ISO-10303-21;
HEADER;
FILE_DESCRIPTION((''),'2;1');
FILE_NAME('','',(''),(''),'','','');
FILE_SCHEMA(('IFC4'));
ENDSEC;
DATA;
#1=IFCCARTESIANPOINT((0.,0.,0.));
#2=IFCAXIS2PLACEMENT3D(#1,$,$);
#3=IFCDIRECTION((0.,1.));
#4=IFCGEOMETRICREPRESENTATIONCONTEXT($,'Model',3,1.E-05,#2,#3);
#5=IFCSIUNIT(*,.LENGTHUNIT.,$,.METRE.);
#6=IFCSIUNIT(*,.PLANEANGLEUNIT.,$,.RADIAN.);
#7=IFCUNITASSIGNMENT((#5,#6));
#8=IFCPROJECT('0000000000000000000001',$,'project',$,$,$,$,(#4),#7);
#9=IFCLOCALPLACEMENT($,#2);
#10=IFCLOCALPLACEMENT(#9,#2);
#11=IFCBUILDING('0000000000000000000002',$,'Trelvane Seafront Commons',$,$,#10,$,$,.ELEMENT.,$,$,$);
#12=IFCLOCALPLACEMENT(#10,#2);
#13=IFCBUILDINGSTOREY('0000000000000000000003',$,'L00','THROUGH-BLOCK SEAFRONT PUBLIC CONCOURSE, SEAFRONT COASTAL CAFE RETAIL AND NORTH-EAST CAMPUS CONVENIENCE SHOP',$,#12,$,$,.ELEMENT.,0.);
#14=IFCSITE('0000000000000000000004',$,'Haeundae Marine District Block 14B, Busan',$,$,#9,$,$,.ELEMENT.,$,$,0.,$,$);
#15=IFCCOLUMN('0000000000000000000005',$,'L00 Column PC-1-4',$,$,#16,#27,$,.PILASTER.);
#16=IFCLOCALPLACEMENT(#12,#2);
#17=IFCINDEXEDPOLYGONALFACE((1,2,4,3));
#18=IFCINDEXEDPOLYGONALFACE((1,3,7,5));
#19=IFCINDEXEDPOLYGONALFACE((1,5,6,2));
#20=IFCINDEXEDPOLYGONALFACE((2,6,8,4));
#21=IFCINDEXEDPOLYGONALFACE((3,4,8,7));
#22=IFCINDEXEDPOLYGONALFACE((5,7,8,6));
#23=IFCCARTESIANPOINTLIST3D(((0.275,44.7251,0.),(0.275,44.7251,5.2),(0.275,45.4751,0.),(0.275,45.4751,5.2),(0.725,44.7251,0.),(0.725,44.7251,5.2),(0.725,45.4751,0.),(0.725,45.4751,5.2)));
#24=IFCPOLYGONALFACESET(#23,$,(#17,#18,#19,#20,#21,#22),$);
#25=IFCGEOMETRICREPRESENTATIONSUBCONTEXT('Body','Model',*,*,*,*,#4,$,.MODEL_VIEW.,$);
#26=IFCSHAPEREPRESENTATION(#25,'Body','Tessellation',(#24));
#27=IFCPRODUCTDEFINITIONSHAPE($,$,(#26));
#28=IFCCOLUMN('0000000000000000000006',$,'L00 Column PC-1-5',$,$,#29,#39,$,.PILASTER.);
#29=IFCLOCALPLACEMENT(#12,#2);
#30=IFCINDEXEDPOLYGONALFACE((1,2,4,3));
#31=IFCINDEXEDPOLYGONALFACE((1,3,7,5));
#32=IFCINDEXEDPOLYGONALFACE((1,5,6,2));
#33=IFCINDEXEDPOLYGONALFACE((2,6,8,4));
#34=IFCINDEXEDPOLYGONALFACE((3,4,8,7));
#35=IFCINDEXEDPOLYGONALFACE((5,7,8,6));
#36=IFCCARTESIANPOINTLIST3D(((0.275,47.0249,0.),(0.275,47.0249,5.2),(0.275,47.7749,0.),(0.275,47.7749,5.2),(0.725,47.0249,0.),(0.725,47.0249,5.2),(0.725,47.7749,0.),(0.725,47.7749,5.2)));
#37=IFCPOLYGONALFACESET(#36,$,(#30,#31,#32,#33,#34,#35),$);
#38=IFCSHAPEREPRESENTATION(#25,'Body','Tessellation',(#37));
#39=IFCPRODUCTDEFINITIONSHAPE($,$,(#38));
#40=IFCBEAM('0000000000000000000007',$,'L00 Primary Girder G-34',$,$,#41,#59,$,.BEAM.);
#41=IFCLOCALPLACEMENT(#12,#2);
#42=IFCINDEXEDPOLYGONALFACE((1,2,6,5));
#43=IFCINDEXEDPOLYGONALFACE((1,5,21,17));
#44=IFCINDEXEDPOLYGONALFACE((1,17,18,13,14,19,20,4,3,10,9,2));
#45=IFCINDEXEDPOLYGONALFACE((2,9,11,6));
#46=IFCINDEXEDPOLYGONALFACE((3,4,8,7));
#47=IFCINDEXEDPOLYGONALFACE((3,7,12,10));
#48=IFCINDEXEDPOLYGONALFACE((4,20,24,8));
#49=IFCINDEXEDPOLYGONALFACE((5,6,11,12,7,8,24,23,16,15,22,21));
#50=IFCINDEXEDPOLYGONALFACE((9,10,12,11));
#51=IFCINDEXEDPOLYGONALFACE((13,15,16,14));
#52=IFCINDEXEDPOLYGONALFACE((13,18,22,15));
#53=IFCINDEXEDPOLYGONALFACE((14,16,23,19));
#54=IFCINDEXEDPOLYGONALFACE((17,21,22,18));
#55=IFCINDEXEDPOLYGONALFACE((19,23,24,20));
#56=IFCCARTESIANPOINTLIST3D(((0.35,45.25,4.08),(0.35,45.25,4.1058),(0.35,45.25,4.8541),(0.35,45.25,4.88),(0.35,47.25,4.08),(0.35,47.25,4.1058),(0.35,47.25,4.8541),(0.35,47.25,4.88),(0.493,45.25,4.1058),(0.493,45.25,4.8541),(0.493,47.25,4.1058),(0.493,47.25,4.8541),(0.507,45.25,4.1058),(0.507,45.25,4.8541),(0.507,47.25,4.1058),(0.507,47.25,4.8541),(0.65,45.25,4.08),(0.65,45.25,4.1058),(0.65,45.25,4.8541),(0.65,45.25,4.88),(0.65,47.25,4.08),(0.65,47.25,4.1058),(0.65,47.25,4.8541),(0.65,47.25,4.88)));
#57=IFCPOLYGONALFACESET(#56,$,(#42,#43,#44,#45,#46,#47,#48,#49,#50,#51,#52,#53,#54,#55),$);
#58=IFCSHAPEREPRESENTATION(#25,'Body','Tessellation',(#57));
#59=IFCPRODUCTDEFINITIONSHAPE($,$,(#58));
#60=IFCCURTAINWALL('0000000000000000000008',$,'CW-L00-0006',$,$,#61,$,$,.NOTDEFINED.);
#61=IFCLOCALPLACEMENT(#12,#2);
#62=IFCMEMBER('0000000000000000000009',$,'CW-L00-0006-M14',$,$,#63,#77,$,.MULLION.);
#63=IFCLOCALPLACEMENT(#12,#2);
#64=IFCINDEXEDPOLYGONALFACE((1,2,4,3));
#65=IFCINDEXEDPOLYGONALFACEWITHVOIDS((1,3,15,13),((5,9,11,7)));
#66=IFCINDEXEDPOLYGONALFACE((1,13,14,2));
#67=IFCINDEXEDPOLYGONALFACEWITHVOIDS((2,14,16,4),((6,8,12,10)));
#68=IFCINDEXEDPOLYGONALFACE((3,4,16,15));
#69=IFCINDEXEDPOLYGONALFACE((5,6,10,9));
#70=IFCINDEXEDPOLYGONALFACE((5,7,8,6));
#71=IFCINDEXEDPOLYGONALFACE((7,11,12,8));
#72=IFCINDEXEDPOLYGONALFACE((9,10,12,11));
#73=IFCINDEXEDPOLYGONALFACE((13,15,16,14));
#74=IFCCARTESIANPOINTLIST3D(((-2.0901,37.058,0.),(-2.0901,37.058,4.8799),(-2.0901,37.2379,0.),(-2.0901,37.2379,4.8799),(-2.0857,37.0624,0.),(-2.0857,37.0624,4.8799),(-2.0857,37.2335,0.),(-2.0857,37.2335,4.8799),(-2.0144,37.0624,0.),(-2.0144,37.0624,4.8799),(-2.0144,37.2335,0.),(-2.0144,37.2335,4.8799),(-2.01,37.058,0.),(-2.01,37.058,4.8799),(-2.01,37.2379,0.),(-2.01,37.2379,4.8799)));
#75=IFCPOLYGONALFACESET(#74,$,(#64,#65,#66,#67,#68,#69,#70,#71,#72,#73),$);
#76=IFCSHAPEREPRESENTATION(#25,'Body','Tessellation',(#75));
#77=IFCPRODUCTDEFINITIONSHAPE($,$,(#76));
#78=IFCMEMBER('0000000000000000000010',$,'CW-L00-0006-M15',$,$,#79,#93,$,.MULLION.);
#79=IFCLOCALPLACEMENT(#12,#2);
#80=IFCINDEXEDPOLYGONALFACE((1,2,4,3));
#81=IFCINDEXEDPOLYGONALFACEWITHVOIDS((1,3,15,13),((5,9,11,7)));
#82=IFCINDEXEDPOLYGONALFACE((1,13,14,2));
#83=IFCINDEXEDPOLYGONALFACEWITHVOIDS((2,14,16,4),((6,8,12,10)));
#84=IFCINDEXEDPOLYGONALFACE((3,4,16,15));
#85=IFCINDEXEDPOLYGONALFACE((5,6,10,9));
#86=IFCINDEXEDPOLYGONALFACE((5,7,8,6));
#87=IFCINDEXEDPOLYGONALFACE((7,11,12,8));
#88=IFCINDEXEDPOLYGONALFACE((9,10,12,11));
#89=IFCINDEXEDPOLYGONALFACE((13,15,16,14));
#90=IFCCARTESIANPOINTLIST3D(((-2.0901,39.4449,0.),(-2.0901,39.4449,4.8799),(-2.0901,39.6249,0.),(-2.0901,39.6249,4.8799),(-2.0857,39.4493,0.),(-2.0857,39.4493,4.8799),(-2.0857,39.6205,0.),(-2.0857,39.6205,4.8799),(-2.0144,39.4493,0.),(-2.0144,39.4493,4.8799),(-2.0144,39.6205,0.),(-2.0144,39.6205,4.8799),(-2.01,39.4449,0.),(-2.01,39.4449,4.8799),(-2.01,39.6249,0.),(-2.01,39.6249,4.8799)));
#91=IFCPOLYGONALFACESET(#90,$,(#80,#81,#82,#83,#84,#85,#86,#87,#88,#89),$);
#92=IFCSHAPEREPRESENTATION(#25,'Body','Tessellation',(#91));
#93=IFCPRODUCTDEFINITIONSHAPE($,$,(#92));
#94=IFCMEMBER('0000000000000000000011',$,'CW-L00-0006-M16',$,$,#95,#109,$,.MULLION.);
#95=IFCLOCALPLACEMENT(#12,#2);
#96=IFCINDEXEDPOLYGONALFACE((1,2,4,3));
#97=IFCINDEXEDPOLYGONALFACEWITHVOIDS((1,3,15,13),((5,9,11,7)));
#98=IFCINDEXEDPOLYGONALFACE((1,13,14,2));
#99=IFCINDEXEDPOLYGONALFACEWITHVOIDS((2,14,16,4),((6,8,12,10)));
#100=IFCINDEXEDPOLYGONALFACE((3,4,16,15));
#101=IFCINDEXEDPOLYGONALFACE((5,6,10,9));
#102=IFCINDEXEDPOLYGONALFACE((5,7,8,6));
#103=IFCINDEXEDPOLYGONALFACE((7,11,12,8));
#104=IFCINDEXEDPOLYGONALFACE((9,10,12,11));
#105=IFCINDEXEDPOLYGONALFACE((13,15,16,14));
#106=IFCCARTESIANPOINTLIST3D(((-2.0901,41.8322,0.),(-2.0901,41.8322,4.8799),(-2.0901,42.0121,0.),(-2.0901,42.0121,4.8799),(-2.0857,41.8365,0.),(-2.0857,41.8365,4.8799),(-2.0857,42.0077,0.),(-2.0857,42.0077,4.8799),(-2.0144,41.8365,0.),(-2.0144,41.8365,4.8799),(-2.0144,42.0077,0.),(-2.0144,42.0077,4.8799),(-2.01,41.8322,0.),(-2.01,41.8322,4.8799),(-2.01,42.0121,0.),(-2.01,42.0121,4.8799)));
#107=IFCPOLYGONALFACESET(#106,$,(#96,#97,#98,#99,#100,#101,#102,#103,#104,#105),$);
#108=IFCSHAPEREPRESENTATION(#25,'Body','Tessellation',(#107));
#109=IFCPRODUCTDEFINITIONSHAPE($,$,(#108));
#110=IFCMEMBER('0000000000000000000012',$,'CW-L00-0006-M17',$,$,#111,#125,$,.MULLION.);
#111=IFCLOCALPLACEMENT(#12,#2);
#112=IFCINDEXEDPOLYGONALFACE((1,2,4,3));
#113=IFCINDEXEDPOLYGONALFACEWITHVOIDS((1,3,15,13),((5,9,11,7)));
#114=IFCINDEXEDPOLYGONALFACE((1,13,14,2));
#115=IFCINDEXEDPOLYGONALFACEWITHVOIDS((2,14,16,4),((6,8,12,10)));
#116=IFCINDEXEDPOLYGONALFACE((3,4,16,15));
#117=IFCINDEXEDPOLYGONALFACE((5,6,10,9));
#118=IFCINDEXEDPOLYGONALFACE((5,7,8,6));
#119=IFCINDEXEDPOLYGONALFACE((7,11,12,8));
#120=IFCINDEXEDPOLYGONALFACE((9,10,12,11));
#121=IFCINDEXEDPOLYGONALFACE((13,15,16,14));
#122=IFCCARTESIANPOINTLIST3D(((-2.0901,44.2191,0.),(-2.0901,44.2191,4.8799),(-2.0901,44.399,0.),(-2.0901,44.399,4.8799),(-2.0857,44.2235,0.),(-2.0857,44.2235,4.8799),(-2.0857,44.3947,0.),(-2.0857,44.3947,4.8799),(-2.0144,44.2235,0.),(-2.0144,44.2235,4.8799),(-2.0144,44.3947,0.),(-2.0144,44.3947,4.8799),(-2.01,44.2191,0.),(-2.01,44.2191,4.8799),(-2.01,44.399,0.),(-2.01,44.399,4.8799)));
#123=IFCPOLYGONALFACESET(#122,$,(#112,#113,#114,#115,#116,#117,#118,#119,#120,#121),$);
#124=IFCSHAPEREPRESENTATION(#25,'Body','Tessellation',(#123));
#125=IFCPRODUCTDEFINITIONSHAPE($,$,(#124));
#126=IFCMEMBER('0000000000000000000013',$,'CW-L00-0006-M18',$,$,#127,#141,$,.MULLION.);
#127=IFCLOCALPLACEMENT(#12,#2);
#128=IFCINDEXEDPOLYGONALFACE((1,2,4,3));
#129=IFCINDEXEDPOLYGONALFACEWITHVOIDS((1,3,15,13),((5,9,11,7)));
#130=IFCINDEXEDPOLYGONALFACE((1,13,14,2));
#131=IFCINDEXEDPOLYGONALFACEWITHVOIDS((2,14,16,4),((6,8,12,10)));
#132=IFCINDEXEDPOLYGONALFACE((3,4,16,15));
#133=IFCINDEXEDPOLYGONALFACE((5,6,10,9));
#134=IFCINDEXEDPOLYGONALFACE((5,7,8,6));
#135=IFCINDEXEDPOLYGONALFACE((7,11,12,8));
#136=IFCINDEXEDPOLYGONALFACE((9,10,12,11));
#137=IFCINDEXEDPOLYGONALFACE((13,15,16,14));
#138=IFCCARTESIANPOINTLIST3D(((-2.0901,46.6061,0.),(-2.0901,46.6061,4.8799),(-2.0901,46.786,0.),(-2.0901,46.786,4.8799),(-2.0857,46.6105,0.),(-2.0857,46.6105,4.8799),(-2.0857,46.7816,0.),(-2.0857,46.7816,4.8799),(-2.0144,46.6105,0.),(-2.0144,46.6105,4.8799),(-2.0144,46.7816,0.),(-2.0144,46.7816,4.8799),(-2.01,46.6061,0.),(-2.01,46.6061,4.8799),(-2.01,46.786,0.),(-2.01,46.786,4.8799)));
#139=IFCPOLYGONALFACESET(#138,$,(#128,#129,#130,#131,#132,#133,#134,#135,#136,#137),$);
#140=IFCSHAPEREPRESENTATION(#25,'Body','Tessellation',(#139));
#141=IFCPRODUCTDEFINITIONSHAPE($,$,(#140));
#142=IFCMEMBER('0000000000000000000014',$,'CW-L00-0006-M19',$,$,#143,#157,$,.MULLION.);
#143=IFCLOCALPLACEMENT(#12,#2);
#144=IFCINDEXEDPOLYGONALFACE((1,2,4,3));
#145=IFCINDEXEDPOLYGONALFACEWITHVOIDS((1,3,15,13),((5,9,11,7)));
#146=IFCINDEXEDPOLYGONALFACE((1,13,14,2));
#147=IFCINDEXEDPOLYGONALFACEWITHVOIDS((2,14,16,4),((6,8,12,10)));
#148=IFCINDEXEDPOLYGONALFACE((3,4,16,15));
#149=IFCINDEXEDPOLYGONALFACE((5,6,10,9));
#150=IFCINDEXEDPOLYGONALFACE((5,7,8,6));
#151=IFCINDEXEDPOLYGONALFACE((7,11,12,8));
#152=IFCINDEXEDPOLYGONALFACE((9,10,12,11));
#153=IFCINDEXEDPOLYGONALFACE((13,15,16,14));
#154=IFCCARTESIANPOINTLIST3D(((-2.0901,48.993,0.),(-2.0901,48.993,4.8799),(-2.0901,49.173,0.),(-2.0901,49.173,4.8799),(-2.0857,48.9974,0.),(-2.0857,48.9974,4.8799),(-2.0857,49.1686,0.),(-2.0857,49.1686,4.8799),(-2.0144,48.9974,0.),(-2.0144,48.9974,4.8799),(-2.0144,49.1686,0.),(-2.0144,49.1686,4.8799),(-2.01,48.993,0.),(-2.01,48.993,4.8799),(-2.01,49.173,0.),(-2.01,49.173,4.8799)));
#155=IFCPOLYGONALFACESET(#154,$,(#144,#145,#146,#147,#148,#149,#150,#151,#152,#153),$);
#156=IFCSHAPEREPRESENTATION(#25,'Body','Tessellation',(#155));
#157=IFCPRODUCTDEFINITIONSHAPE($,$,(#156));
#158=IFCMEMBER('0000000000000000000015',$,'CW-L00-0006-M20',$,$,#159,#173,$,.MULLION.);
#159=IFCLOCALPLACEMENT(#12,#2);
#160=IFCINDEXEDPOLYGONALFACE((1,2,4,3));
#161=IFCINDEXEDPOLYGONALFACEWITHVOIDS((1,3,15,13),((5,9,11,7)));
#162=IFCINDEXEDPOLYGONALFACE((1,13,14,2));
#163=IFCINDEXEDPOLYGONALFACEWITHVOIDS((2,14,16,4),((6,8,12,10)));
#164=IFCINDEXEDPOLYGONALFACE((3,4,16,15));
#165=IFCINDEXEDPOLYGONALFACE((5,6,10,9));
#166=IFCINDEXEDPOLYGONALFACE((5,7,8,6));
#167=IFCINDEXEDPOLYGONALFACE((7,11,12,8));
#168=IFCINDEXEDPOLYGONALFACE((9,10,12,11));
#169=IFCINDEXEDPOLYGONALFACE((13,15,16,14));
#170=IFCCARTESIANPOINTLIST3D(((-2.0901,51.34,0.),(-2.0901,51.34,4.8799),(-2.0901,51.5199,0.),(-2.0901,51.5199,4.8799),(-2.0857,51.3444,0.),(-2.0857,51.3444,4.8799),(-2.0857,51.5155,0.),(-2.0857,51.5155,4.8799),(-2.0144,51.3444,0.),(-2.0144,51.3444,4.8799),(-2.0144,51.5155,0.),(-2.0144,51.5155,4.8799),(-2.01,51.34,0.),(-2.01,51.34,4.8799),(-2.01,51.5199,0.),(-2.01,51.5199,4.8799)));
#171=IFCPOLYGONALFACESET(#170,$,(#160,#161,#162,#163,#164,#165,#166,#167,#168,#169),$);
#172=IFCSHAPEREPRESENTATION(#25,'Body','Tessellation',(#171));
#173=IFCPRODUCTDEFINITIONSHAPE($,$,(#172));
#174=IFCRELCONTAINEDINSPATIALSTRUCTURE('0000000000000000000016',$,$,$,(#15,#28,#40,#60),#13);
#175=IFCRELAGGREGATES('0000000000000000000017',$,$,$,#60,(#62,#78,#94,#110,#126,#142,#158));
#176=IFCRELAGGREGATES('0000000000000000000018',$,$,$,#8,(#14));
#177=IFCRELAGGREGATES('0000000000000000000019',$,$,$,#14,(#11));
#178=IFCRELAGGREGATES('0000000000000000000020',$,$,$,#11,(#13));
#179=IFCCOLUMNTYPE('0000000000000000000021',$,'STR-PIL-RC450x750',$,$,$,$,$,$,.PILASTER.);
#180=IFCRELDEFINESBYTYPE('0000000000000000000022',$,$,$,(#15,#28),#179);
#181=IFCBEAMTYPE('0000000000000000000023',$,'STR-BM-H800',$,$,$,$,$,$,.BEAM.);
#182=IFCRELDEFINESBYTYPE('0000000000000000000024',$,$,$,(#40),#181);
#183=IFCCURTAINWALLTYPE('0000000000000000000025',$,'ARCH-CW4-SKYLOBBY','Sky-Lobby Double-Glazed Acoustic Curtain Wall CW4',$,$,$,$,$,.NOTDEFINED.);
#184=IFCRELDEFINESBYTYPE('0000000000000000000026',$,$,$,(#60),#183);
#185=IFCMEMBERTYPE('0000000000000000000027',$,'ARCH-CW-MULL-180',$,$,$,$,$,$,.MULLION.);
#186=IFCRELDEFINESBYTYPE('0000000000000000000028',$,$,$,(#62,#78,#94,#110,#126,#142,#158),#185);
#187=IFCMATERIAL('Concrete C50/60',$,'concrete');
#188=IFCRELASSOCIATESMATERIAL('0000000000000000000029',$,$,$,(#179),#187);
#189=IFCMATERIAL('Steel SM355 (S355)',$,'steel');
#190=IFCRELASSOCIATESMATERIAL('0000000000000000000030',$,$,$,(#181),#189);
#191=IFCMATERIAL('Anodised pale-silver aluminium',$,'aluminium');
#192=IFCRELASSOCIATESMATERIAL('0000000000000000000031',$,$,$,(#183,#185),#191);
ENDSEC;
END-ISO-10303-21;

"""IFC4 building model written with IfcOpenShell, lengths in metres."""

from ifc_helpers import new_model, si_unit, direction, frame, origin, origin_2d, place, context, subcontext, project, spatial, rectangle, hollow_rectangle, i_section, extrude, source, transform, mapped, material, material_profile, profile_set, type_object, element, aggregate, save


model = new_model("IFC4")

# Units and contexts
model_context = context("Model", 3, precision=1e-05, world=origin(), true_north=direction((0.0, 1.0)))
body_context = subcontext(model_context, "Body", "Model", "MODEL_VIEW")
ifc_project = project(units=[si_unit("LENGTHUNIT", "METRE"), si_unit("PLANEANGLEUNIT", "RADIAN")], contexts=[model_context])

# Site, building, storey
site_placement = place(None, origin())
site = spatial("IfcSite", under=ifc_project, at=site_placement, Name="Haeundae Marine District Block 14B, Busan", CompositionType="ELEMENT", RefElevation=0.0)
building_placement = place(site_placement, origin())
building = spatial("IfcBuilding", under=site, at=building_placement, Name="Trelvane Seafront Commons", CompositionType="ELEMENT")
storey_placement = place(building_placement, origin())
storey = spatial("IfcBuildingStorey", under=building, at=storey_placement, Name="L00", Description="THROUGH-BLOCK SEAFRONT PUBLIC CONCOURSE, SEAFRONT COASTAL CAFE RETAIL AND NORTH-EAST CAMPUS CONVENIENCE SHOP", CompositionType="ELEMENT", Elevation=0.0)

# Columns
ifc_material_1 = material(Name="Concrete C50/60", Category="concrete")
ifc_material_profile_1 = material_profile(ifc_material_1, rectangle(XDim=0.45, YDim=0.75, at=origin_2d()), Name="RC-450x750")
ifc_profile_set_1 = profile_set([ifc_material_profile_1], Name="Concrete C50/60")
column_type = type_object("IfcColumnType", Name="STR-PIL-RC450x750", PredefinedType="PILASTER", material=ifc_profile_set_1)
shared_shape_1 = source(origin(), body_context, "Body", "SweptSolid", [
    extrude(rectangle(XDim=0.45, YDim=0.75, at=origin_2d()), origin(), (0.0, 0.0, 1.0), 5.2),
])
for number, where, z_axis, x_axis, name in (
    (1, (0.5, 45.1001, 0.0), (0.0, 0.0, 1.0), (1.0, 0.0, 0.0), "L00 Column PC-1-4"),
    (2, (0.5, 47.3999, 0.0), (0.0, 0.0, 1.0), (1.0, 0.0, 0.0), "L00 Column PC-1-5"),
):
    element("IfcColumn", number, at=place(storey_placement, frame(where, z_axis=z_axis, x_axis=x_axis)), inside=storey, type_object=column_type, Name=name, PredefinedType="PILASTER", context=body_context, shape_type="MappedRepresentation", body=[
        mapped(shared_shape_1, transform((0.0, 0.0, 0.0), x_axis=(1.0, 0.0, 0.0), y_axis=(0.0, 1.0, 0.0), z_axis=(0.0, 0.0, 1.0), scale=1.0)),
    ])

# Beam
ifc_material_2 = material(Name="Steel SM355 (S355)", Category="steel")
ifc_material_profile_2 = material_profile(ifc_material_2, i_section(OverallWidth=0.3, OverallDepth=0.8, WebThickness=0.0139, FlangeThickness=0.0259, at=origin_2d()), Name="H-800x300x14x26")
ifc_profile_set_2 = profile_set([ifc_material_profile_2], Name="Steel SM355 (S355)")
beam_type = type_object("IfcBeamType", Name="STR-BM-H800", PredefinedType="BEAM", material=ifc_profile_set_2)
shared_shape_2 = source(origin(), body_context, "Body", "SweptSolid", [
    extrude(i_section(OverallWidth=0.3, OverallDepth=0.8, WebThickness=0.0139, FlangeThickness=0.0259, at=origin_2d()), origin(), (0.0, 0.0, 1.0), 2.0),
])
beam_placement = place(storey_placement, frame((0.5, 45.25, 4.48), z_axis=(0.0, 1.0, 0.0), x_axis=(-1.0, 0.0, 0.0)))
element("IfcBeam", 3, at=beam_placement, inside=storey, type_object=beam_type, Name="L00 Primary Girder G-34", PredefinedType="BEAM", context=body_context, shape_type="MappedRepresentation", body=[
    mapped(shared_shape_2, transform((0.0, 0.0, 0.0), x_axis=(1.0, 0.0, 0.0), y_axis=(0.0, 1.0, 0.0), z_axis=(0.0, 0.0, 1.0), scale=1.0)),
])

# Curtain wall, members
ifc_material_3 = material(Name="Anodised pale-silver aluminium", Category="aluminium")
curtain_wall_type = type_object("IfcCurtainWallType", Name="ARCH-CW4-SKYLOBBY", Description="Sky-Lobby Double-Glazed Acoustic Curtain Wall CW4", PredefinedType="NOTDEFINED", material=ifc_material_3)
curtain_wall_placement = place(storey_placement, origin())
curtain_wall = element("IfcCurtainWall", 4, at=curtain_wall_placement, inside=storey, type_object=curtain_wall_type, Name="CW-L00-0006", PredefinedType="NOTDEFINED")
ifc_material_profile_3 = material_profile(ifc_material_3, hollow_rectangle(XDim=0.0801, YDim=0.1799, WallThickness=0.0044, at=origin_2d()), Name="MULL-80x180x4.5")
ifc_profile_set_3 = profile_set([ifc_material_profile_3], Name="Anodised pale-silver aluminium")
member_type_1 = type_object("IfcMemberType", Name="ARCH-CW-MULL-180", PredefinedType="MULLION", material=ifc_profile_set_3)
shared_shape_3 = source(origin(), body_context, "Body", "SweptSolid", [
    extrude(hollow_rectangle(XDim=0.0801, YDim=0.1799, WallThickness=0.0044, at=origin_2d()), origin(), (0.0, 0.0, 1.0), 4.8799),
])
member_1_placement = place(storey_placement, frame((-2.05, 37.1479, 0.0), z_axis=(0.0, 0.0, 1.0), x_axis=(1.0, 0.0, 0.0)))
member_1 = element("IfcMember", 5, at=member_1_placement, type_object=member_type_1, Name="CW-L00-0006-M14", PredefinedType="MULLION", context=body_context, shape_type="MappedRepresentation", body=[
    mapped(shared_shape_3, transform((0.0, 0.0, 0.0), x_axis=(1.0, 0.0, 0.0), y_axis=(0.0, 1.0, 0.0), z_axis=(0.0, 0.0, 1.0), scale=1.0)),
])
member_2_placement = place(storey_placement, frame((-2.05, 39.5349, 0.0), z_axis=(0.0, 0.0, 1.0), x_axis=(1.0, 0.0, 0.0)))
member_2 = element("IfcMember", 6, at=member_2_placement, type_object=member_type_1, Name="CW-L00-0006-M15", PredefinedType="MULLION", context=body_context, shape_type="MappedRepresentation", body=[
    mapped(shared_shape_3, transform((0.0, 0.0, 0.0), x_axis=(1.0, 0.0, 0.0), y_axis=(0.0, 1.0, 0.0), z_axis=(0.0, 0.0, 1.0), scale=1.0)),
])
member_3_placement = place(storey_placement, frame((-2.05, 41.9221, 0.0), z_axis=(0.0, 0.0, 1.0), x_axis=(1.0, 0.0, 0.0)))
member_3 = element("IfcMember", 7, at=member_3_placement, type_object=member_type_1, Name="CW-L00-0006-M16", PredefinedType="MULLION", context=body_context, shape_type="MappedRepresentation", body=[
    mapped(shared_shape_3, transform((0.0, 0.0, 0.0), x_axis=(1.0, 0.0, 0.0), y_axis=(0.0, 1.0, 0.0), z_axis=(0.0, 0.0, 1.0), scale=1.0)),
])
member_4_placement = place(storey_placement, frame((-2.05, 44.3091, 0.0), z_axis=(0.0, 0.0, 1.0), x_axis=(1.0, 0.0, 0.0)))
member_4 = element("IfcMember", 8, at=member_4_placement, type_object=member_type_1, Name="CW-L00-0006-M17", PredefinedType="MULLION", context=body_context, shape_type="MappedRepresentation", body=[
    mapped(shared_shape_3, transform((0.0, 0.0, 0.0), x_axis=(1.0, 0.0, 0.0), y_axis=(0.0, 1.0, 0.0), z_axis=(0.0, 0.0, 1.0), scale=1.0)),
])
member_5_placement = place(storey_placement, frame((-2.05, 46.696, 0.0), z_axis=(0.0, 0.0, 1.0), x_axis=(1.0, 0.0, 0.0)))
member_5 = element("IfcMember", 9, at=member_5_placement, type_object=member_type_1, Name="CW-L00-0006-M18", PredefinedType="MULLION", context=body_context, shape_type="MappedRepresentation", body=[
    mapped(shared_shape_3, transform((0.0, 0.0, 0.0), x_axis=(1.0, 0.0, 0.0), y_axis=(0.0, 1.0, 0.0), z_axis=(0.0, 0.0, 1.0), scale=1.0)),
])
member_6_placement = place(storey_placement, frame((-2.05, 49.083, 0.0), z_axis=(0.0, 0.0, 1.0), x_axis=(1.0, 0.0, 0.0)))
member_6 = element("IfcMember", 10, at=member_6_placement, type_object=member_type_1, Name="CW-L00-0006-M19", PredefinedType="MULLION", context=body_context, shape_type="MappedRepresentation", body=[
    mapped(shared_shape_3, transform((0.0, 0.0, 0.0), x_axis=(1.0, 0.0, 0.0), y_axis=(0.0, 1.0, 0.0), z_axis=(0.0, 0.0, 1.0), scale=1.0)),
])
member_7_placement = place(storey_placement, frame((-2.05, 51.4299, 0.0), z_axis=(0.0, 0.0, 1.0), x_axis=(1.0, 0.0, 0.0)))
member_7 = element("IfcMember", 11, at=member_7_placement, type_object=member_type_1, Name="CW-L00-0006-M20", PredefinedType="MULLION", context=body_context, shape_type="MappedRepresentation", body=[
    mapped(shared_shape_3, transform((0.0, 0.0, 0.0), x_axis=(1.0, 0.0, 0.0), y_axis=(0.0, 1.0, 0.0), z_axis=(0.0, 0.0, 1.0), scale=1.0)),
])
aggregate(curtain_wall, [member_1, member_2, member_3, member_4, member_5, member_6, member_7])

save(model, "model.ifc")
